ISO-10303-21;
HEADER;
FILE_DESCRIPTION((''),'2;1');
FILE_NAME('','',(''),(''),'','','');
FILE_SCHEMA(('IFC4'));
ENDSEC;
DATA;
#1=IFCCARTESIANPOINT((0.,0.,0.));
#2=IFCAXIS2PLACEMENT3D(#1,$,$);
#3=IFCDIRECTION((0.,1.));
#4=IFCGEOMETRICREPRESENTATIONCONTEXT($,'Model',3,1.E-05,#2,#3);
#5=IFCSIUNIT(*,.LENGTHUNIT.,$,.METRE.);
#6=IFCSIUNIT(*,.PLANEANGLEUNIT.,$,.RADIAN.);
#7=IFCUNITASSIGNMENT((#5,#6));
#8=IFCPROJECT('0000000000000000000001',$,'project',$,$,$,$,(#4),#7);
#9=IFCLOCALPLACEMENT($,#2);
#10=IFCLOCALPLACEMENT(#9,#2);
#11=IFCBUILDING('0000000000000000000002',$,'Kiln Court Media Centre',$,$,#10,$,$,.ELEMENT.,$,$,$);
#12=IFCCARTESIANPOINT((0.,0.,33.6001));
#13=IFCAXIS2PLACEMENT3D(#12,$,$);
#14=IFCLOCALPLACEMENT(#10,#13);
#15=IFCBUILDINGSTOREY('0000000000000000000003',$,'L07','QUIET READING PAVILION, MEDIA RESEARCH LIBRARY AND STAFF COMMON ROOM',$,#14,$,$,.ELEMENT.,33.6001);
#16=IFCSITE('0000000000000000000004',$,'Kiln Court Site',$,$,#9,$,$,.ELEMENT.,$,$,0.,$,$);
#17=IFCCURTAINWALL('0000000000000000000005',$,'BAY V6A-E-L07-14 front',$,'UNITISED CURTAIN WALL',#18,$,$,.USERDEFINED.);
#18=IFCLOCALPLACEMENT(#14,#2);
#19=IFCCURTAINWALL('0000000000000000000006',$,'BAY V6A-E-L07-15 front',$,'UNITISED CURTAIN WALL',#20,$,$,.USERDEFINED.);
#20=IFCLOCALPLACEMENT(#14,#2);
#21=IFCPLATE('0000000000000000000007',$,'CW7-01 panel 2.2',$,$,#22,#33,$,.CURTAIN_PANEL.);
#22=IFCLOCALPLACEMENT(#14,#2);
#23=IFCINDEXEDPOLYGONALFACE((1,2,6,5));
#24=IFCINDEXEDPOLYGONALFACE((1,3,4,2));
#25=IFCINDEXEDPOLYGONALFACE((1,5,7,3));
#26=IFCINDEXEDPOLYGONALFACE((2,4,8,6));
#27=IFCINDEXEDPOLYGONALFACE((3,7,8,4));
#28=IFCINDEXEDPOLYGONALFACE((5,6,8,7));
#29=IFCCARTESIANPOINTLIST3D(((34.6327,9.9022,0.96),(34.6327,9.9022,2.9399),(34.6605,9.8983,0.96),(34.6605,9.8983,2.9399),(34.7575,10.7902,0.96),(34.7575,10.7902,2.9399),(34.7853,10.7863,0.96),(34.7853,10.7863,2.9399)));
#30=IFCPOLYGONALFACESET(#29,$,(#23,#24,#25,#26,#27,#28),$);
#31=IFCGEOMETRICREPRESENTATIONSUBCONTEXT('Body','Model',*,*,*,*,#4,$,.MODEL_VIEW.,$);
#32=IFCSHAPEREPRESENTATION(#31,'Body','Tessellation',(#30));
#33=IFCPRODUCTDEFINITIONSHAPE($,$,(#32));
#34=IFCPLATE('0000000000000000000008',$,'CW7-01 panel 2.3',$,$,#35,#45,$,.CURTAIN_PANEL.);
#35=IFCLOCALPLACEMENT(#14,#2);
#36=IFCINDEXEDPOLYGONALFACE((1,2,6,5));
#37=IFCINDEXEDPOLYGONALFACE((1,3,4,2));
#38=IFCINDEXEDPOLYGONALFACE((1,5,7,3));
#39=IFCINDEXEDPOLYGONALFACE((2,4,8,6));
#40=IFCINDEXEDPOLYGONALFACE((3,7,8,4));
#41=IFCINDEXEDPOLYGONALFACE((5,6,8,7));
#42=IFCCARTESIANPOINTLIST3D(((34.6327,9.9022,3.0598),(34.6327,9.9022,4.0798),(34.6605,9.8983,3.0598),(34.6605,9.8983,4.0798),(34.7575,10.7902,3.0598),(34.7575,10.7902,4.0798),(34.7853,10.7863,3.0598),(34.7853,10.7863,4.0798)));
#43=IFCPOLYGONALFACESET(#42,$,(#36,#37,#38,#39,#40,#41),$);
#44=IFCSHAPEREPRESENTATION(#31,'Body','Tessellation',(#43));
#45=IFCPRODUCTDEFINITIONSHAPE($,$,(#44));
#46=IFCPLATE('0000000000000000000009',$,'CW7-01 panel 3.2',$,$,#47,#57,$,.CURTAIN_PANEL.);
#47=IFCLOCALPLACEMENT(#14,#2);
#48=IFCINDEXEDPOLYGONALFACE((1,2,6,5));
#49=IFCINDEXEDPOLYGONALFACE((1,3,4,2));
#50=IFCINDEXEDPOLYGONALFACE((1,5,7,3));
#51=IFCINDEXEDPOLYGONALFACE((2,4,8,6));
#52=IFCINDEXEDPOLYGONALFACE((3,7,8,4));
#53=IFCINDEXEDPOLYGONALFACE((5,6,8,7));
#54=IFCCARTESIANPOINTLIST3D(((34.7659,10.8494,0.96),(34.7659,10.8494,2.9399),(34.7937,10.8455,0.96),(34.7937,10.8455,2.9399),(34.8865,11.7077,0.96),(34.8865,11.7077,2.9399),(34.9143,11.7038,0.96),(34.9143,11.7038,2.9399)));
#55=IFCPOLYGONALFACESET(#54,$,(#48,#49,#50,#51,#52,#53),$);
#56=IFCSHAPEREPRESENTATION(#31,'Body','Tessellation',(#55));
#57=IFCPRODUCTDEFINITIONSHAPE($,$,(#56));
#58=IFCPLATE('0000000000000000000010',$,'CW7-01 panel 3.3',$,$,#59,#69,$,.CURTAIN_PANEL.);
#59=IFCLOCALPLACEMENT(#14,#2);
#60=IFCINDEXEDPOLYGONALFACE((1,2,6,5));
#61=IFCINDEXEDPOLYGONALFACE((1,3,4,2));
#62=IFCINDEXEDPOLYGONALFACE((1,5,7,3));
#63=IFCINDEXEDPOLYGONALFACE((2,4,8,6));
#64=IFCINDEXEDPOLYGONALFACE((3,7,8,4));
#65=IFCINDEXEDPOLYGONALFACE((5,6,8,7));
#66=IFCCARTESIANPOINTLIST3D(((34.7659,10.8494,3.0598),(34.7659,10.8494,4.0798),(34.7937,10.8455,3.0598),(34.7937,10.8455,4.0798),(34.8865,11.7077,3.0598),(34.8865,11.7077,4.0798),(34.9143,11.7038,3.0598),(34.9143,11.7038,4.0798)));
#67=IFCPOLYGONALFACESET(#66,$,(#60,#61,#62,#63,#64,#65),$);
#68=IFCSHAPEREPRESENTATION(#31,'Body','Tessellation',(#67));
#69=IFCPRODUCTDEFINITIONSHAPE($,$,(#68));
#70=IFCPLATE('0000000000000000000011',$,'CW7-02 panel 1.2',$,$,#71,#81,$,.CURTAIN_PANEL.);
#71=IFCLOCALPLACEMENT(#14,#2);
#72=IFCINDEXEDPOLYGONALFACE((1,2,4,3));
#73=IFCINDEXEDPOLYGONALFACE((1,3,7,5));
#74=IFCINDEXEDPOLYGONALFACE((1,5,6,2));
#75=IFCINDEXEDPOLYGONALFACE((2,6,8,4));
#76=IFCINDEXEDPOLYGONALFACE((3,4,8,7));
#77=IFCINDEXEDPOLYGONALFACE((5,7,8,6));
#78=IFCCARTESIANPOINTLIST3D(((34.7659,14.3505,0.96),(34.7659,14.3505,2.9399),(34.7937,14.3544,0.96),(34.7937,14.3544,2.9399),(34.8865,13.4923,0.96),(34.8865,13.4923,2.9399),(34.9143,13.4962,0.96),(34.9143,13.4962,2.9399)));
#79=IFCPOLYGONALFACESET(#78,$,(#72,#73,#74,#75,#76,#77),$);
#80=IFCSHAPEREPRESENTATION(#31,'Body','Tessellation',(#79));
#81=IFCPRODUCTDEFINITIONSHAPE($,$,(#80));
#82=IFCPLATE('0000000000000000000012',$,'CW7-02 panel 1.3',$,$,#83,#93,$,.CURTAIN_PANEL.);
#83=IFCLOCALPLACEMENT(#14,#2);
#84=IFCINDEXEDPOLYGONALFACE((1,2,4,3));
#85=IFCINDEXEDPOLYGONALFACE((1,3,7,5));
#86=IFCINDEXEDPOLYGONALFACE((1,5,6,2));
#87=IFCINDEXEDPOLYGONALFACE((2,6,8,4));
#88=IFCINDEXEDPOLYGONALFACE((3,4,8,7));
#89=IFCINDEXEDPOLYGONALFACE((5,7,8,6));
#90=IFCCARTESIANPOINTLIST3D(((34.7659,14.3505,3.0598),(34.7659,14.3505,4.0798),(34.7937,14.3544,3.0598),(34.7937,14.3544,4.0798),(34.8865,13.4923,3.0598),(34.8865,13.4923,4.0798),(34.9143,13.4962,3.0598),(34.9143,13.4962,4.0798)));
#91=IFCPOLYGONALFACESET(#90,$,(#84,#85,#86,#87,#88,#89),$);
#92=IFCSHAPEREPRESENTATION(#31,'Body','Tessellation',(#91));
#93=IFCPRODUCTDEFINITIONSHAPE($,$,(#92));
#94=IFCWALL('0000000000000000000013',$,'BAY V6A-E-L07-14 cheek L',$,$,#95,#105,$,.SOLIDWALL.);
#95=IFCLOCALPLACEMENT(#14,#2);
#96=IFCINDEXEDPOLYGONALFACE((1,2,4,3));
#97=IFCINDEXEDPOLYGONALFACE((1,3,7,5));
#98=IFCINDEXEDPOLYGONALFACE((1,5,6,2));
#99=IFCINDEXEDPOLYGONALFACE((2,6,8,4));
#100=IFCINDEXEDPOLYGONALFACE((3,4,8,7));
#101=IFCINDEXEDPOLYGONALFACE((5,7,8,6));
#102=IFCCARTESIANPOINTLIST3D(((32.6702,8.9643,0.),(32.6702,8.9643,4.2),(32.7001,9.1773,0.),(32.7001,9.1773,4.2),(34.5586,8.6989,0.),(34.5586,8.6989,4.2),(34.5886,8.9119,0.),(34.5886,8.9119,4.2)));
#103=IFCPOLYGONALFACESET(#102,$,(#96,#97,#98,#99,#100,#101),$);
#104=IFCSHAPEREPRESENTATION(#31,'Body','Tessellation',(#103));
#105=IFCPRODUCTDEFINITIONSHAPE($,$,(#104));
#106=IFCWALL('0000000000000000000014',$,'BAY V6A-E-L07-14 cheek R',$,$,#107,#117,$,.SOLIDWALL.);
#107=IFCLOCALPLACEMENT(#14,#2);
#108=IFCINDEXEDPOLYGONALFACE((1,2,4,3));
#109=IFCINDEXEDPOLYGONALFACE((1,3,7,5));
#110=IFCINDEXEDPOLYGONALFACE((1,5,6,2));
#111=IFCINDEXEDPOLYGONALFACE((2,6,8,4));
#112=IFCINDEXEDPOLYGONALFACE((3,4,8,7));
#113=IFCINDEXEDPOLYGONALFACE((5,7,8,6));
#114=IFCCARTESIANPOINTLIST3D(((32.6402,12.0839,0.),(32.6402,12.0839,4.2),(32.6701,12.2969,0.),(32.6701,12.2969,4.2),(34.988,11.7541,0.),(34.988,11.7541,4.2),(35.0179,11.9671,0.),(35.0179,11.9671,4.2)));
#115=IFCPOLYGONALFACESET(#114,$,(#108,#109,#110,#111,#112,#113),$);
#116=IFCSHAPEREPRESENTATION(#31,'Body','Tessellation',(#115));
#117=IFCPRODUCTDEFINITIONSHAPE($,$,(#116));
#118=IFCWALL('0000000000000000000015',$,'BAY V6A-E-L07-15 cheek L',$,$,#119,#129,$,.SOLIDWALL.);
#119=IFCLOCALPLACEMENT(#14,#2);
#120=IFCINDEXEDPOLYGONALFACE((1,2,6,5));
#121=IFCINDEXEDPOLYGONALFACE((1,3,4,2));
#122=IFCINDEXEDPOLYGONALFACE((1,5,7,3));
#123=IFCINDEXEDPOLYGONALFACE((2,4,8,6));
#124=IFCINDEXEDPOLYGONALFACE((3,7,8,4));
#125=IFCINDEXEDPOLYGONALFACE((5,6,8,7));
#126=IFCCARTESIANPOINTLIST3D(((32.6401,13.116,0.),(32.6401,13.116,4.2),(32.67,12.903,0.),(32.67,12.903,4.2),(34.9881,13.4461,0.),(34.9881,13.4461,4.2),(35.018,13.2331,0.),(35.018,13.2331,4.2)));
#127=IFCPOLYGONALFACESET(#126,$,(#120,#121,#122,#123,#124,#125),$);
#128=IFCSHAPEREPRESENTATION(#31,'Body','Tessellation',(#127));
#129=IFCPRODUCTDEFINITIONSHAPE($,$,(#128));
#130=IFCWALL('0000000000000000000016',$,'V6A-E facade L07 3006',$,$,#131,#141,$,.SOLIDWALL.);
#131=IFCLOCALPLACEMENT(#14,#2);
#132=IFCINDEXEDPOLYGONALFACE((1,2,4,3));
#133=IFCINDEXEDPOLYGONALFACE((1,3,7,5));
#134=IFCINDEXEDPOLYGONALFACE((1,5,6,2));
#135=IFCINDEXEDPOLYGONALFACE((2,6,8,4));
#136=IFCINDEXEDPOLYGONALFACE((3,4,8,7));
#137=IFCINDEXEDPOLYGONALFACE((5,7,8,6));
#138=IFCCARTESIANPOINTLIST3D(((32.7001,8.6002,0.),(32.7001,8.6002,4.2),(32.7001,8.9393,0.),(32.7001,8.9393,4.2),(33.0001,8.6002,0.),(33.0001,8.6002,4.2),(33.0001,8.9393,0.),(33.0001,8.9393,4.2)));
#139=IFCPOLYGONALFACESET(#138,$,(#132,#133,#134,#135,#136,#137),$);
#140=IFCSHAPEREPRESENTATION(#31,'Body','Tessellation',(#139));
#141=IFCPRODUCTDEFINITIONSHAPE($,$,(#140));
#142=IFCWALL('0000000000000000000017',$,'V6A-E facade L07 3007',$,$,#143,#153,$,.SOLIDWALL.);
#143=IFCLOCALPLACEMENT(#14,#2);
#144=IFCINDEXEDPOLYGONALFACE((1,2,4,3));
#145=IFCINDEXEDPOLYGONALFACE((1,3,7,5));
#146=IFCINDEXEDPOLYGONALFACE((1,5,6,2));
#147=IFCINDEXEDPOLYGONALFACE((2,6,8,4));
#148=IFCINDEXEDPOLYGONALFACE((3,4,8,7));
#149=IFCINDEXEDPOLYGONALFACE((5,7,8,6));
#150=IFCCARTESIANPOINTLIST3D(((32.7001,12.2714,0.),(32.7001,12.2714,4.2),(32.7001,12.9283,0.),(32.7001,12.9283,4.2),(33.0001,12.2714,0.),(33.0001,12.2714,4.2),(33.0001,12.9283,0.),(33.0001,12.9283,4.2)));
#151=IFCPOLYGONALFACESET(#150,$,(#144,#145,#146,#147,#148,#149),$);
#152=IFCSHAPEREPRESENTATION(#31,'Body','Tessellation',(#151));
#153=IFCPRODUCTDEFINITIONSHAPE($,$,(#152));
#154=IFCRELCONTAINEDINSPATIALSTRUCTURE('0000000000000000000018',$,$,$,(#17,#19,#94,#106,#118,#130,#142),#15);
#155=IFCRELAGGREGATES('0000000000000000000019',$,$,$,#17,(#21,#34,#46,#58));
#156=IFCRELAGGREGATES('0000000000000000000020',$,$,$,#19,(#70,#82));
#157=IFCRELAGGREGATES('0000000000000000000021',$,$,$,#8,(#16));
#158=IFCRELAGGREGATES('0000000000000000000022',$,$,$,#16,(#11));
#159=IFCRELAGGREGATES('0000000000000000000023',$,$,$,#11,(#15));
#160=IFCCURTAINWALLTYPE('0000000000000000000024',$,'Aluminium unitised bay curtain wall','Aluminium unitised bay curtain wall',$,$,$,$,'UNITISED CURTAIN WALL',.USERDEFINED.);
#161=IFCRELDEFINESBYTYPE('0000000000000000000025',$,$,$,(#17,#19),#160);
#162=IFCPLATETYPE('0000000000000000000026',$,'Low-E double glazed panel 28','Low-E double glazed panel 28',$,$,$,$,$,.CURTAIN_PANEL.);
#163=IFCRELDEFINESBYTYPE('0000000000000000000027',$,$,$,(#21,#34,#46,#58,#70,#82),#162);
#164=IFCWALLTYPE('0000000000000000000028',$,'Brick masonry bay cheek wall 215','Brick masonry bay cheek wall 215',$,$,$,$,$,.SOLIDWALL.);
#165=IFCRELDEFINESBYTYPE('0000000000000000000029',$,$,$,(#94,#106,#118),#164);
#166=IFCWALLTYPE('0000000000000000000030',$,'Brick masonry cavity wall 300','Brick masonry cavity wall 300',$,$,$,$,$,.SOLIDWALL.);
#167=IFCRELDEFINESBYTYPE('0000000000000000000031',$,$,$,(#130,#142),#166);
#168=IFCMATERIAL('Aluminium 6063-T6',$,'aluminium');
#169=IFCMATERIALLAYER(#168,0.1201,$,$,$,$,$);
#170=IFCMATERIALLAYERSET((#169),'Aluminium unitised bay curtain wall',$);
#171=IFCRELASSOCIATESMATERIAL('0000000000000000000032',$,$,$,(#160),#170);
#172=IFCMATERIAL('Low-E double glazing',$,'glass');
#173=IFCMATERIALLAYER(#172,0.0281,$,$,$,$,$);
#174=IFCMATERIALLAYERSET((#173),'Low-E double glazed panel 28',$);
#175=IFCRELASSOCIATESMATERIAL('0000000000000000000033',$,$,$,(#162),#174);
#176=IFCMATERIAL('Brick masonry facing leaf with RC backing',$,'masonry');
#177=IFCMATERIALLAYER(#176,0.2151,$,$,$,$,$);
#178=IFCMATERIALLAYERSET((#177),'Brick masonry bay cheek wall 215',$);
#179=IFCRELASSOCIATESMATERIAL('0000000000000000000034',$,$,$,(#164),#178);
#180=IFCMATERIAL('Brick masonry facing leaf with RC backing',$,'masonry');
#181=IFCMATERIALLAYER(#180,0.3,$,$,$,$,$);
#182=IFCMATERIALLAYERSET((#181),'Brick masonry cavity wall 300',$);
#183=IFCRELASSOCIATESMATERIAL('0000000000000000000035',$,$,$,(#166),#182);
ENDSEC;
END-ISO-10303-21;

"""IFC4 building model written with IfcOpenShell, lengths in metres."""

from ifc_helpers import new_model, si_unit, direction, frame, frame_2d, origin, origin_2d, place, context, subcontext, project, spatial, rectangle, extrude, material, layer, layer_set, type_object, element, aggregate, save


model = new_model("IFC4")

# Units and contexts
model_context = context("Model", 3, precision=1e-05, world=origin(), true_north=direction((0.0, 1.0)))
body_context = subcontext(model_context, "Body", "Model", "MODEL_VIEW")
ifc_project = project(units=[si_unit("LENGTHUNIT", "METRE"), si_unit("PLANEANGLEUNIT", "RADIAN")], contexts=[model_context])

# Site, building, storey
site_placement = place(None, origin())
site = spatial("IfcSite", under=ifc_project, at=site_placement, Name="Kiln Court Site", CompositionType="ELEMENT", RefElevation=0.0)
building_placement = place(site_placement, origin())
building = spatial("IfcBuilding", under=site, at=building_placement, Name="Kiln Court Media Centre", CompositionType="ELEMENT")
storey_placement = place(building_placement, frame((0.0, 0.0, 33.6001)))
storey = spatial("IfcBuildingStorey", under=building, at=storey_placement, Name="L07", Description="QUIET READING PAVILION, MEDIA RESEARCH LIBRARY AND STAFF COMMON ROOM", CompositionType="ELEMENT", Elevation=33.6001)

# Curtain wall
ifc_material_1 = material(Name="Aluminium 6063-T6", Category="aluminium")
ifc_layer_1 = layer(ifc_material_1, 0.1201)
ifc_layer_set_1 = layer_set([ifc_layer_1], Name="Aluminium unitised bay curtain wall")
curtain_wall_type = type_object("IfcCurtainWallType", Name="Aluminium unitised bay curtain wall", Description="Aluminium unitised bay curtain wall", ElementType="UNITISED CURTAIN WALL", PredefinedType="USERDEFINED", material=ifc_layer_set_1)
curtain_wall_1_placement = place(storey_placement, origin())
curtain_wall_1 = element("IfcCurtainWall", 1, at=curtain_wall_1_placement, inside=storey, type_object=curtain_wall_type, Name="BAY V6A-E-L07-14 front", ObjectType="UNITISED CURTAIN WALL", PredefinedType="USERDEFINED")

# Curtain wall
curtain_wall_2_placement = place(storey_placement, origin())
curtain_wall_2 = element("IfcCurtainWall", 2, at=curtain_wall_2_placement, inside=storey, type_object=curtain_wall_type, Name="BAY V6A-E-L07-15 front", ObjectType="UNITISED CURTAIN WALL", PredefinedType="USERDEFINED")

# Plates
ifc_material_2 = material(Name="Low-E double glazing", Category="glass")
ifc_layer_2 = layer(ifc_material_2, 0.0281)
ifc_layer_set_2 = layer_set([ifc_layer_2], Name="Low-E double glazed panel 28")
plate_type_1 = type_object("IfcPlateType", Name="Low-E double glazed panel 28", Description="Low-E double glazed panel 28", PredefinedType="CURTAIN_PANEL", material=ifc_layer_set_2)
plate_1_placement = place(storey_placement, frame((34.709, 10.3442, 0.96), z_axis=(0.0, 0.0, 1.0), x_axis=(0.139162, 0.99027, 0.0)))
plate_1 = element("IfcPlate", 3, at=plate_1_placement, type_object=plate_type_1, Name="CW7-01 panel 2.2", PredefinedType="CURTAIN_PANEL", context=body_context, shape_type="SweptSolid", body=[
    extrude(rectangle(XDim=0.8967, YDim=0.0281, at=origin_2d()), origin(), (0.0, 0.0, 1.0), 1.98),
])
plate_2_placement = place(storey_placement, frame((34.709, 10.3442, 3.0598), z_axis=(0.0, 0.0, 1.0), x_axis=(0.139162, 0.99027, 0.0)))
plate_2 = element("IfcPlate", 4, at=plate_2_placement, type_object=plate_type_1, Name="CW7-01 panel 2.3", PredefinedType="CURTAIN_PANEL", context=body_context, shape_type="SweptSolid", body=[
    extrude(rectangle(XDim=0.8967, YDim=0.0281, at=origin_2d()), origin(), (0.0, 0.0, 1.0), 1.02),
])
plate_3_placement = place(storey_placement, frame((34.8401, 11.2766, 0.96), z_axis=(0.0, 0.0, 1.0), x_axis=(0.139162, 0.99027, 0.0)))
plate_3 = element("IfcPlate", 5, at=plate_3_placement, type_object=plate_type_1, Name="CW7-01 panel 3.2", PredefinedType="CURTAIN_PANEL", context=body_context, shape_type="SweptSolid", body=[
    extrude(rectangle(XDim=0.8667, YDim=0.0281, at=origin_2d()), origin(), (0.0, 0.0, 1.0), 1.98),
])
plate_4_placement = place(storey_placement, frame((34.8401, 11.2766, 3.0598), z_axis=(0.0, 0.0, 1.0), x_axis=(0.139162, 0.99027, 0.0)))
plate_4 = element("IfcPlate", 6, at=plate_4_placement, type_object=plate_type_1, Name="CW7-01 panel 3.3", PredefinedType="CURTAIN_PANEL", context=body_context, shape_type="SweptSolid", body=[
    extrude(rectangle(XDim=0.8667, YDim=0.0281, at=origin_2d()), origin(), (0.0, 0.0, 1.0), 1.02),
])
aggregate(curtain_wall_1, [plate_1, plate_2, plate_3, plate_4])
plate_5_placement = place(storey_placement, frame((34.8401, 13.9233, 0.96), z_axis=(0.0, 0.0, 1.0), x_axis=(-0.139162, 0.99027, 0.0)))
plate_5 = element("IfcPlate", 7, at=plate_5_placement, type_object=plate_type_1, Name="CW7-02 panel 1.2", PredefinedType="CURTAIN_PANEL", context=body_context, shape_type="SweptSolid", body=[
    extrude(rectangle(XDim=0.8667, YDim=0.0281, at=origin_2d()), origin(), (0.0, 0.0, 1.0), 1.98),
])
plate_6_placement = place(storey_placement, frame((34.8401, 13.9233, 3.0598), z_axis=(0.0, 0.0, 1.0), x_axis=(-0.139162, 0.99027, 0.0)))
plate_6 = element("IfcPlate", 8, at=plate_6_placement, type_object=plate_type_1, Name="CW7-02 panel 1.3", PredefinedType="CURTAIN_PANEL", context=body_context, shape_type="SweptSolid", body=[
    extrude(rectangle(XDim=0.8667, YDim=0.0281, at=origin_2d()), origin(), (0.0, 0.0, 1.0), 1.02),
])
aggregate(curtain_wall_2, [plate_5, plate_6])

# Walls
ifc_material_3 = material(Name="Brick masonry facing leaf with RC backing", Category="masonry")
ifc_layer_3 = layer(ifc_material_3, 0.2151)
ifc_layer_set_3 = layer_set([ifc_layer_3], Name="Brick masonry bay cheek wall 215")
wall_type_1 = type_object("IfcWallType", Name="Brick masonry bay cheek wall 215", Description="Brick masonry bay cheek wall 215", PredefinedType="SOLIDWALL", material=ifc_layer_set_3)
wall_1_placement = place(storey_placement, frame((32.6851, 9.0708, 0.0), z_axis=(0.0, 0.0, 1.0), x_axis=(0.99027, -0.139163, 0.0)))
element("IfcWall", 9, at=wall_1_placement, inside=storey, type_object=wall_type_1, Name="BAY V6A-E-L07-14 cheek L", PredefinedType="SOLIDWALL", context=body_context, shape_type="SweptSolid", body=[
    extrude(rectangle(XDim=1.907, YDim=0.2151, at=frame_2d((0.9536, 0.0))), origin(), (0.0, 0.0, 1.0), 4.2),
])
wall_2_placement = place(storey_placement, frame((32.655, 12.1904, 0.0), z_axis=(0.0, 0.0, 1.0), x_axis=(0.990276, -0.139114, 0.0)))
element("IfcWall", 10, at=wall_2_placement, inside=storey, type_object=wall_type_1, Name="BAY V6A-E-L07-14 cheek R", PredefinedType="SOLIDWALL", context=body_context, shape_type="SweptSolid", body=[
    extrude(rectangle(XDim=2.3708, YDim=0.2151, at=frame_2d((1.1855, 0.0))), origin(), (0.0, 0.0, 1.0), 4.2),
])
wall_3_placement = place(storey_placement, frame((32.655, 13.0095, 0.0), z_axis=(0.0, 0.0, 1.0), x_axis=(0.990262, 0.139215, 0.0)))
element("IfcWall", 11, at=wall_3_placement, inside=storey, type_object=wall_type_1, Name="BAY V6A-E-L07-15 cheek L", PredefinedType="SOLIDWALL", context=body_context, shape_type="SweptSolid", body=[
    extrude(rectangle(XDim=2.3711, YDim=0.2151, at=frame_2d((1.1855, 0.0))), origin(), (0.0, 0.0, 1.0), 4.2),
])
ifc_material_4 = material(Name="Brick masonry facing leaf with RC backing", Category="masonry")
ifc_layer_4 = layer(ifc_material_4, 0.3)
ifc_layer_set_4 = layer_set([ifc_layer_4], Name="Brick masonry cavity wall 300")
wall_type_2 = type_object("IfcWallType", Name="Brick masonry cavity wall 300", Description="Brick masonry cavity wall 300", PredefinedType="SOLIDWALL", material=ifc_layer_set_4)
wall_4_placement = place(storey_placement, frame((32.8501, 8.9392, 0.0), z_axis=(0.0, 0.0, 1.0), x_axis=(0.0, -1.0, 0.0)))
element("IfcWall", 12, at=wall_4_placement, inside=storey, type_object=wall_type_2, Name="V6A-E facade L07 3006", PredefinedType="SOLIDWALL", context=body_context, shape_type="SweptSolid", body=[
    extrude(rectangle(XDim=0.3391, YDim=0.3, at=frame_2d((0.1694, 0.0))), origin(), (0.0, 0.0, 1.0), 4.2),
])
wall_5_placement = place(storey_placement, frame((32.8501, 12.9285, 0.0), z_axis=(0.0, 0.0, 1.0), x_axis=(0.0, -1.0, 0.0)))
element("IfcWall", 13, at=wall_5_placement, inside=storey, type_object=wall_type_2, Name="V6A-E facade L07 3007", PredefinedType="SOLIDWALL", context=body_context, shape_type="SweptSolid", body=[
    extrude(rectangle(XDim=0.657, YDim=0.3, at=frame_2d((0.3286, 0.0))), origin(), (0.0, 0.0, 1.0), 4.2),
])

save(model, "model.ifc")
